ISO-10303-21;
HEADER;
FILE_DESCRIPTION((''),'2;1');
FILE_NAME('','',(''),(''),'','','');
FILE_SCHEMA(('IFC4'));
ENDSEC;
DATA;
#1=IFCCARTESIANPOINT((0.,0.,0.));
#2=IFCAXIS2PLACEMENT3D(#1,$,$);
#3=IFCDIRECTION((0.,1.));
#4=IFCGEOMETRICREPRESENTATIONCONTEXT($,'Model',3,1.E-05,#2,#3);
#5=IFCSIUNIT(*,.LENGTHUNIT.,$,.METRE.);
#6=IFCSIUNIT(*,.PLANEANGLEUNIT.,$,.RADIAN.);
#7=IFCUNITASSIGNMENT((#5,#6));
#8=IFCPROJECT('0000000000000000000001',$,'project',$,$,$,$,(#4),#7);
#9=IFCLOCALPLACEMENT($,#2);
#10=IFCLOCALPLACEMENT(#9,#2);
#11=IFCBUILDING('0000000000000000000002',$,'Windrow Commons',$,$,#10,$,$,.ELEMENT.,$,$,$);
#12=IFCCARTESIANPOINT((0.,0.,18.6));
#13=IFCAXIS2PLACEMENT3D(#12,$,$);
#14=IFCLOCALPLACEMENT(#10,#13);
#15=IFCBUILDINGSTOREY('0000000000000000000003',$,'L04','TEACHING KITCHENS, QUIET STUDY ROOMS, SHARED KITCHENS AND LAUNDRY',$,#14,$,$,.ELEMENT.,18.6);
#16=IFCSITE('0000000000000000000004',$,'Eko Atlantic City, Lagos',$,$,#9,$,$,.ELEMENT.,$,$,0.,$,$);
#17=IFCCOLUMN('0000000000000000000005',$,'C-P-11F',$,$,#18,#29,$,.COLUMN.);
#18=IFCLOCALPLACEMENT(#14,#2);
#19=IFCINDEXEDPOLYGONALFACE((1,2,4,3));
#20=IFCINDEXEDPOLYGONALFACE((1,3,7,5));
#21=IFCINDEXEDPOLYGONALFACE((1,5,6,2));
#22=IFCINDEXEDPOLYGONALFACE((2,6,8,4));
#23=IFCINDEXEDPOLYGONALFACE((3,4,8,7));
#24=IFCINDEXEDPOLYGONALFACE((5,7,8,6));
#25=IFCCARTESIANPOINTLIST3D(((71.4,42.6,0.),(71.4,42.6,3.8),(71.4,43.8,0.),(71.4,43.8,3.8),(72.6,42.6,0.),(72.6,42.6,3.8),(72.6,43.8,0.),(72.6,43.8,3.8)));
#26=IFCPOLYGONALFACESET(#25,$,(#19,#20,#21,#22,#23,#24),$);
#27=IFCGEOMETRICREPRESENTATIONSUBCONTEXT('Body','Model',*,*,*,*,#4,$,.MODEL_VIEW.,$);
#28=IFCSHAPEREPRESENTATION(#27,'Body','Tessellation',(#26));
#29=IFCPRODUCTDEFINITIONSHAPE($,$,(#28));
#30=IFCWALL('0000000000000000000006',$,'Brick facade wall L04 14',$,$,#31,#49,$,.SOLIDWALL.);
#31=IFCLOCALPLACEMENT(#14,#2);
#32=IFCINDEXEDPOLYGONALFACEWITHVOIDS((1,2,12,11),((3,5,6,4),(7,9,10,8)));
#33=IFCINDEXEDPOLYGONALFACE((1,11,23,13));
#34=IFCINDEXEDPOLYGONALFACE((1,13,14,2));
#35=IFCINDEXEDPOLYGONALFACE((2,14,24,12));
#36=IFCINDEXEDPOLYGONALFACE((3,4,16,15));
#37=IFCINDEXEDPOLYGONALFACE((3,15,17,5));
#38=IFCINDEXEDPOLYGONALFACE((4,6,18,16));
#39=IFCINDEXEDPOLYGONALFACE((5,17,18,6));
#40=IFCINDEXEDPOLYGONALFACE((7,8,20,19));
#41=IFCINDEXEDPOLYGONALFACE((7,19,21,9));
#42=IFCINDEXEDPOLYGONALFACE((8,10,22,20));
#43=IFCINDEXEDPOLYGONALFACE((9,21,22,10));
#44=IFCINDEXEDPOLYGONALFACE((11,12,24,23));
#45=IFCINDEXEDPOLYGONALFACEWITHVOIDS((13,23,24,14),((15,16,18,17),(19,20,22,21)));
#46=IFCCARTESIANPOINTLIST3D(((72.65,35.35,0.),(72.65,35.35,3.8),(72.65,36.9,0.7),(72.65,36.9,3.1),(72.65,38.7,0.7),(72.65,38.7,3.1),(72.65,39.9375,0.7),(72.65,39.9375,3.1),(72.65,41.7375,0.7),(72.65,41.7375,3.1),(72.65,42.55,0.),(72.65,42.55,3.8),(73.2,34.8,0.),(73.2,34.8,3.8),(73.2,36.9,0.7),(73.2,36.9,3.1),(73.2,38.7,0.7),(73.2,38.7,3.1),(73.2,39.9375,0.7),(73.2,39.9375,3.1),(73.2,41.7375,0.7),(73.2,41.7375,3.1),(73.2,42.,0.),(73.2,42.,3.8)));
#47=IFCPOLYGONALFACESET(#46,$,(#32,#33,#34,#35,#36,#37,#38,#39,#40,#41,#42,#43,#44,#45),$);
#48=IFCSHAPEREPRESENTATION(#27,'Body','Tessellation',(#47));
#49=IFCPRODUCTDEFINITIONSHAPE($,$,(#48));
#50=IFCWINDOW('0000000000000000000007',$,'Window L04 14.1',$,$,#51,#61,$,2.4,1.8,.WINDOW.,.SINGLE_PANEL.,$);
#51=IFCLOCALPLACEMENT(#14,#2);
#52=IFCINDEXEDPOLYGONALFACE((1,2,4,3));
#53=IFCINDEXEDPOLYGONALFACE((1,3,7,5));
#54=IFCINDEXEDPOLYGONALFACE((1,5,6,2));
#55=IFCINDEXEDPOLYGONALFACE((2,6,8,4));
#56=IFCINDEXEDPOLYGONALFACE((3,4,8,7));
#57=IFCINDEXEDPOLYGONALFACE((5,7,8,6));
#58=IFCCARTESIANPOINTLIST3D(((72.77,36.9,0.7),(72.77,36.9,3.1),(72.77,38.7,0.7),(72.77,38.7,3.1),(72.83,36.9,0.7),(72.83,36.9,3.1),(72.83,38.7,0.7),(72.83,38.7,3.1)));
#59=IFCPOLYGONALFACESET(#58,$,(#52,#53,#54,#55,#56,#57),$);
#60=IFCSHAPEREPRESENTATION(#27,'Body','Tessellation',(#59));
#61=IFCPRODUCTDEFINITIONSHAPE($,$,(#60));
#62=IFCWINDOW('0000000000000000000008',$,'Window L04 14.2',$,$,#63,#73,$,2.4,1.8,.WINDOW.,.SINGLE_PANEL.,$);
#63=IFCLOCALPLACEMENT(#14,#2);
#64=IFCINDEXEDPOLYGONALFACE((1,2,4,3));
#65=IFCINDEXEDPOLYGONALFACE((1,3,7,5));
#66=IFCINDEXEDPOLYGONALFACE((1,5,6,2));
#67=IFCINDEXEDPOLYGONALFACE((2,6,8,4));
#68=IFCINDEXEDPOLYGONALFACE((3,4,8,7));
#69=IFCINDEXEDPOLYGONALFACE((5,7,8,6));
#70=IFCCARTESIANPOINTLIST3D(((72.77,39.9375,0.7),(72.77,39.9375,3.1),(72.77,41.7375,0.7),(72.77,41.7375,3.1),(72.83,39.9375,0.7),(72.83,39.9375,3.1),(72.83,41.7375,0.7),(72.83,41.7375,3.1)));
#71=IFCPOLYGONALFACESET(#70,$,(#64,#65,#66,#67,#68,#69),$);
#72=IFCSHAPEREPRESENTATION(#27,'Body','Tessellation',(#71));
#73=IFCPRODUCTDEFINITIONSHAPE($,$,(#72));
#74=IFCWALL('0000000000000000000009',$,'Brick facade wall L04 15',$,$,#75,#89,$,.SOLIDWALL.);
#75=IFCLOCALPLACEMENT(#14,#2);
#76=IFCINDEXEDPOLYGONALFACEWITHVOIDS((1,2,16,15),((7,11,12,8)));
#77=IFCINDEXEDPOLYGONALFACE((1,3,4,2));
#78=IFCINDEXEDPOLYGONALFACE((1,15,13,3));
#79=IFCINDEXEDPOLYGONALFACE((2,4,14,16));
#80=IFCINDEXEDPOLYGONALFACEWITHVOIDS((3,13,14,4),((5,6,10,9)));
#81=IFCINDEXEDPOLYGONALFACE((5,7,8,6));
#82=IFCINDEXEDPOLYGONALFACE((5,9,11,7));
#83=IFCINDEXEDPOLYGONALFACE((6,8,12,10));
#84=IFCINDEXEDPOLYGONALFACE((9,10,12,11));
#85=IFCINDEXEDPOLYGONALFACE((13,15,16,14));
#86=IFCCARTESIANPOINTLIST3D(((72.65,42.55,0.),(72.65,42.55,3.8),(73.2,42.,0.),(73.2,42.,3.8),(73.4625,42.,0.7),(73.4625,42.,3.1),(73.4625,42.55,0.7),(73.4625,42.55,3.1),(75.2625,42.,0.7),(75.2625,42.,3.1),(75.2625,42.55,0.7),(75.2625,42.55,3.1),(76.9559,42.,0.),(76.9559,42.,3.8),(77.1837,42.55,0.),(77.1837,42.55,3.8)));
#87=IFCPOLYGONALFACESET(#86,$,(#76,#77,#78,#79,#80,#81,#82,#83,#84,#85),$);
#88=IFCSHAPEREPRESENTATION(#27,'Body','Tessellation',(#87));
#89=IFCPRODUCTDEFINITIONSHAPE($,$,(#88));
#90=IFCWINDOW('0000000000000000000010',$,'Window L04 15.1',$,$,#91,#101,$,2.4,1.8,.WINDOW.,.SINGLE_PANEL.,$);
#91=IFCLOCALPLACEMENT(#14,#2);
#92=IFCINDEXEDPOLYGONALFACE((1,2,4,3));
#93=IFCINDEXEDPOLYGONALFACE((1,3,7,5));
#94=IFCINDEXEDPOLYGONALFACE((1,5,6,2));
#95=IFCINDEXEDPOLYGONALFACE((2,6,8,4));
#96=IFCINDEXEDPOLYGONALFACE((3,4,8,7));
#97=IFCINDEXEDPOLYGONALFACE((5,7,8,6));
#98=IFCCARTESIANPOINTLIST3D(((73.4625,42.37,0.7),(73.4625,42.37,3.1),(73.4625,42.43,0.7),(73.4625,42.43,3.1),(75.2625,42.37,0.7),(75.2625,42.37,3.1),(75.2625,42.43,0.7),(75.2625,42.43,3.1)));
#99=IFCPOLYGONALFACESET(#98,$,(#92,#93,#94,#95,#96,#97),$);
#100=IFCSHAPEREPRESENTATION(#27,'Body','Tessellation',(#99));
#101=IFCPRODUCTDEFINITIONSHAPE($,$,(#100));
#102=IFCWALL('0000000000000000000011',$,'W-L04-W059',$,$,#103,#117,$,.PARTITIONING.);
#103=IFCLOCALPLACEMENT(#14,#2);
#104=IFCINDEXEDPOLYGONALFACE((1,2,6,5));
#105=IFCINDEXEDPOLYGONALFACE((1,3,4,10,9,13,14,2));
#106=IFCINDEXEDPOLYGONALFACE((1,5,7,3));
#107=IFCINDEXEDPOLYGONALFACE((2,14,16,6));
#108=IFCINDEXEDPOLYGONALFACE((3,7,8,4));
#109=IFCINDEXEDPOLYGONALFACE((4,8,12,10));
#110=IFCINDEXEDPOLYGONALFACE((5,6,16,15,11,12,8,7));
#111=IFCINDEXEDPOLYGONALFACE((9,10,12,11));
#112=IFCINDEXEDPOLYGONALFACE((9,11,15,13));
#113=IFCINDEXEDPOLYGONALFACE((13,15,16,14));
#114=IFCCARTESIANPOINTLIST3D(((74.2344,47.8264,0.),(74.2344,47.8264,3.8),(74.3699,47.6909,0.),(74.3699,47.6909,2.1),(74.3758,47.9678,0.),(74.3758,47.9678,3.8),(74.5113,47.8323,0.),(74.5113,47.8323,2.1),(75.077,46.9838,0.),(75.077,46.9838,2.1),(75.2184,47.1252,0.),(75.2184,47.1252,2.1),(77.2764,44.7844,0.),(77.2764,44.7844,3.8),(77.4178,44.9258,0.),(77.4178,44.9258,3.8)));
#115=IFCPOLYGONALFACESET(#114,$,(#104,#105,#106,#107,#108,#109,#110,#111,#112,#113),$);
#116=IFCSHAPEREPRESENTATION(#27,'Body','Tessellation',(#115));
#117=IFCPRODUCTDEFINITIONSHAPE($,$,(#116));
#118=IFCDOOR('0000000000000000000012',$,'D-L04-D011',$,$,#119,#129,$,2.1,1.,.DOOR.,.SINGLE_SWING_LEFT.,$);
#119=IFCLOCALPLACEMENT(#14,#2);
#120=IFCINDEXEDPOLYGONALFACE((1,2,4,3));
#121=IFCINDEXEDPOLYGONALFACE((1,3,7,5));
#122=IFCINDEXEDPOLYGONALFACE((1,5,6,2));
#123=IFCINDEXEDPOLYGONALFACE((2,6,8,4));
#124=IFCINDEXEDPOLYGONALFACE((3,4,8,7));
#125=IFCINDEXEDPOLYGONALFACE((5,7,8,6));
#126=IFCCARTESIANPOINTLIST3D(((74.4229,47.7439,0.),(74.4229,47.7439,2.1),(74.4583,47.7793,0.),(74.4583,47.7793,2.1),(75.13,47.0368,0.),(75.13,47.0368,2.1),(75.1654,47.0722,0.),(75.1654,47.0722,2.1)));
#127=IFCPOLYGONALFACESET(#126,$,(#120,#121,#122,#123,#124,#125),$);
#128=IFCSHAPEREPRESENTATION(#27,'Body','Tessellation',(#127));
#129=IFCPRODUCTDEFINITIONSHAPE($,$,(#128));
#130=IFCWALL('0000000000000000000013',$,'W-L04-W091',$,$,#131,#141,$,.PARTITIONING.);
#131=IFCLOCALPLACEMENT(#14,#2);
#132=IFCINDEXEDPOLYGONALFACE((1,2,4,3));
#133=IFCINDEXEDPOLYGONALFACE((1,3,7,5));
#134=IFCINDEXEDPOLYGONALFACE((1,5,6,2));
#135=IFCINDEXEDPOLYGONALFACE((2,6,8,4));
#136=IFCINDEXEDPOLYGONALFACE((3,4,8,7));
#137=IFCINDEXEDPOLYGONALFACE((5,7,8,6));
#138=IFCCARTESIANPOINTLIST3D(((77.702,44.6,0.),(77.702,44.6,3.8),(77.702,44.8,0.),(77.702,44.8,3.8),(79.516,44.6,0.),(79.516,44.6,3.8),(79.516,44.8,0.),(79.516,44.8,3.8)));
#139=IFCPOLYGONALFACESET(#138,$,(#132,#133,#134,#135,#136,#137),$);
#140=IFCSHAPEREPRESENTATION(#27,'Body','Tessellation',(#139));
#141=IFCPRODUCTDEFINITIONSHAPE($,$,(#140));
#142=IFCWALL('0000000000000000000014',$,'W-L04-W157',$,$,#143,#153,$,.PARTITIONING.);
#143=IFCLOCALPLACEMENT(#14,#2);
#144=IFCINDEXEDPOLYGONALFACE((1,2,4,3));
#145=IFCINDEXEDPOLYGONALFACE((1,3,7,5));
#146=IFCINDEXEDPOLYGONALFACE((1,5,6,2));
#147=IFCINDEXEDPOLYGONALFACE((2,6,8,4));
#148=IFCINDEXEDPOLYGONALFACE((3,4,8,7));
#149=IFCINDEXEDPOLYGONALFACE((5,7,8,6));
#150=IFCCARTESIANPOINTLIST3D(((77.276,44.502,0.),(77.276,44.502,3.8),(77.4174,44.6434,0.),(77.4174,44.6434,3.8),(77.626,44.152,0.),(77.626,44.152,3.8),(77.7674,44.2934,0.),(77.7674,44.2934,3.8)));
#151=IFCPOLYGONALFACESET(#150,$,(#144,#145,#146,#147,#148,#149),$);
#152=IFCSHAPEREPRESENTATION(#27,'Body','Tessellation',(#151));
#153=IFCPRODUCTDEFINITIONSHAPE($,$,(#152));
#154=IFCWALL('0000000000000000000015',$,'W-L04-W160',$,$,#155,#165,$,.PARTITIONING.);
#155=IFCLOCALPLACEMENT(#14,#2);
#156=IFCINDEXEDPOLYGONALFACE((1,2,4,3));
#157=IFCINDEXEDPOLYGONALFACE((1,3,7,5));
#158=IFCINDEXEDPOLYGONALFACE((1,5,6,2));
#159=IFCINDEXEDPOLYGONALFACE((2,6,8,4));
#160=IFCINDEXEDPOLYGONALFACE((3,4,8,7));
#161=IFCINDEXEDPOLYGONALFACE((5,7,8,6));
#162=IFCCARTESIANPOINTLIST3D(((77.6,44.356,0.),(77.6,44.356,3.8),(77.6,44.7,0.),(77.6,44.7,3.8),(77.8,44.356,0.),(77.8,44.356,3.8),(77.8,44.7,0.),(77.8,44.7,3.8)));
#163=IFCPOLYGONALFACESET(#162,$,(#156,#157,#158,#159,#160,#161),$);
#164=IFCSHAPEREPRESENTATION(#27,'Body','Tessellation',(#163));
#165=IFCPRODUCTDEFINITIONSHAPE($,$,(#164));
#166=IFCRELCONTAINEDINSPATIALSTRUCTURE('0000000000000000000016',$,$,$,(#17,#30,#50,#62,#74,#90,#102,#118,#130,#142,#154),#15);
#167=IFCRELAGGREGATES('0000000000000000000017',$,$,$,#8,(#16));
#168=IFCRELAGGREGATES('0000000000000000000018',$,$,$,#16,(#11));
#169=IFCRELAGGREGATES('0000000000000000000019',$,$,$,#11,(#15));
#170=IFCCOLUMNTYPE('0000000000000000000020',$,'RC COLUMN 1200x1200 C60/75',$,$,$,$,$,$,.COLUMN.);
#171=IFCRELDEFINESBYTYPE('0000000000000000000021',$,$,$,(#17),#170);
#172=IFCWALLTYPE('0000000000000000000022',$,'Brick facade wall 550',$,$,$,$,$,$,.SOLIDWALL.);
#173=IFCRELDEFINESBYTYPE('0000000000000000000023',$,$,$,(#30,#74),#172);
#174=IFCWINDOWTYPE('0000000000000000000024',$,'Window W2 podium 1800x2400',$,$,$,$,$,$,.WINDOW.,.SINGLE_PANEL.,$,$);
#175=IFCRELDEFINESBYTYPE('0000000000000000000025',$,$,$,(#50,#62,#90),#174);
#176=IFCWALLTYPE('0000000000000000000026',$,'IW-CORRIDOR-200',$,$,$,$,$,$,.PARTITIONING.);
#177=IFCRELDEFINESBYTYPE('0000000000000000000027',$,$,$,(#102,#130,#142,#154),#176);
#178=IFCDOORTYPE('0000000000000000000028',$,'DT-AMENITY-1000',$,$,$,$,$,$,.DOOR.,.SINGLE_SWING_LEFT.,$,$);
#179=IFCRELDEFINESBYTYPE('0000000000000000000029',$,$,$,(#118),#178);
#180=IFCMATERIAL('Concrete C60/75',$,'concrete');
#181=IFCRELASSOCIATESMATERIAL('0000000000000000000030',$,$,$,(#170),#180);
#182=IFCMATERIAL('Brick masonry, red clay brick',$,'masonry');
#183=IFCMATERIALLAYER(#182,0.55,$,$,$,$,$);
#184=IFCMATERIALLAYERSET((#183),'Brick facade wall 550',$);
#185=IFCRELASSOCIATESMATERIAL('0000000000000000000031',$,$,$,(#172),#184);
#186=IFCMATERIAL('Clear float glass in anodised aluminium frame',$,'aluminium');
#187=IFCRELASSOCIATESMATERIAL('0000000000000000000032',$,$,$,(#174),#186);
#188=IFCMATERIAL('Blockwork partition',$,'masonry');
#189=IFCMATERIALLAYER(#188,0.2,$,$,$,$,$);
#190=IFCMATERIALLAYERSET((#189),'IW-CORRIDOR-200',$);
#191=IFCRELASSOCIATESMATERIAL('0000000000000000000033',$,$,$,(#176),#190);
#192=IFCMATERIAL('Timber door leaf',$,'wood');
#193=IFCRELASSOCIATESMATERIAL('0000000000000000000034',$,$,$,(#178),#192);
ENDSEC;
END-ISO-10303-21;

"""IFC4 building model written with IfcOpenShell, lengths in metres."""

from ifc_helpers import new_model, si_unit, direction, frame, frame_2d, origin, origin_2d, place, context, subcontext, project, spatial, polyline, rectangle, outline, extrude, material, layer, layer_set, material_profile, profile_set, type_object, element, fill, save


model = new_model("IFC4")

# Units and contexts
model_context = context("Model", 3, precision=1e-05, world=origin(), true_north=direction((0.0, 1.0)))
body_context = subcontext(model_context, "Body", "Model", "MODEL_VIEW")
ifc_project = project(units=[si_unit("LENGTHUNIT", "METRE"), si_unit("PLANEANGLEUNIT", "RADIAN")], contexts=[model_context])

# Site, building, storey
site_placement = place(None, origin())
site = spatial("IfcSite", under=ifc_project, at=site_placement, Name="Eko Atlantic City, Lagos", CompositionType="ELEMENT", RefElevation=0.0)
building_placement = place(site_placement, origin())
building = spatial("IfcBuilding", under=site, at=building_placement, Name="Windrow Commons", CompositionType="ELEMENT")
storey_placement = place(building_placement, frame((0.0, 0.0, 18.6)))
storey = spatial("IfcBuildingStorey", under=building, at=storey_placement, Name="L04", Description="TEACHING KITCHENS, QUIET STUDY ROOMS, SHARED KITCHENS AND LAUNDRY", CompositionType="ELEMENT", Elevation=18.6)

# Column
ifc_material_1 = material(Name="Concrete C60/75", Category="concrete")
ifc_material_profile = material_profile(ifc_material_1, rectangle(XDim=1.2, YDim=1.2, at=origin_2d()))
ifc_profile_set = profile_set([ifc_material_profile], Name="Concrete C60/75")
column_type = type_object("IfcColumnType", Name="RC COLUMN 1200x1200 C60/75", PredefinedType="COLUMN", material=ifc_profile_set)
column_placement = place(storey_placement, frame((72.0, 43.2, 0.0), z_axis=(0.0, 0.0, 1.0), x_axis=(1.0, 0.0, 0.0)))
element("IfcColumn", 1, at=column_placement, inside=storey, type_object=column_type, Name="C-P-11F", PredefinedType="COLUMN", context=body_context, shape_type="SweptSolid", body=[
    extrude(rectangle(XDim=1.2, YDim=1.2, at=origin_2d()), origin(), (0.0, 0.0, 1.0), 3.8),
])

# Wall, openings, windows
ifc_material_2 = material(Name="Brick masonry, red clay brick", Category="masonry")
ifc_layer_1 = layer(ifc_material_2, 0.55)
ifc_layer_set_1 = layer_set([ifc_layer_1], Name="Brick facade wall 550")
wall_type_1 = type_object("IfcWallType", Name="Brick facade wall 550", PredefinedType="SOLIDWALL", material=ifc_layer_set_1)
wall_1_placement = place(storey_placement, frame((72.925, 35.075, 0.0), z_axis=(0.0, 0.0, 1.0), x_axis=(0.0, 1.0, 0.0)))
wall_1 = element("IfcWall", 2, at=wall_1_placement, inside=storey, type_object=wall_type_1, Name="Brick facade wall L04 14", PredefinedType="SOLIDWALL", context=body_context, shape_type="SweptSolid", body=[
    extrude(outline(polyline([(-0.275, -0.275), (6.925, -0.275), (7.475, 0.275), (0.275, 0.275), (-0.275, -0.275)])), origin(), (0.0, 0.0, 1.0), 3.8),
])
opening_1_placement = place(wall_1_placement, frame((1.825, 0.0, 0.7)))
opening_1 = element("IfcOpeningElement", 3, at=opening_1_placement, cuts=wall_1, PredefinedType="OPENING", context=body_context, shape_type="SweptSolid", body=[
    extrude(rectangle(XDim=1.8, YDim=2.4, at=frame_2d((0.9, 1.2))), frame((0.0, 0.285, 0.0), z_axis=(0.0, -1.0, 0.0), x_axis=(1.0, 0.0, 0.0)), (0.0, 0.0, 1.0), 0.57),
])
opening_2_placement = place(wall_1_placement, frame((4.8625, 0.0, 0.7)))
opening_2 = element("IfcOpeningElement", 4, at=opening_2_placement, cuts=wall_1, PredefinedType="OPENING", context=body_context, shape_type="SweptSolid", body=[
    extrude(rectangle(XDim=1.8, YDim=2.4, at=frame_2d((0.9, 1.2))), frame((0.0, 0.285, 0.0), z_axis=(0.0, -1.0, 0.0), x_axis=(1.0, 0.0, 0.0)), (0.0, 0.0, 1.0), 0.57),
])
ifc_material_3 = material(Name="Clear float glass in anodised aluminium frame", Category="aluminium")
window_type = type_object("IfcWindowType", Name="Window W2 podium 1800x2400", PartitioningType="SINGLE_PANEL", PredefinedType="WINDOW", material=ifc_material_3)
window_1_placement = place(opening_1_placement, origin())
window_1 = element("IfcWindow", 5, at=window_1_placement, inside=storey, type_object=window_type, Name="Window L04 14.1", OverallHeight=2.4, OverallWidth=1.8, PartitioningType="SINGLE_PANEL", PredefinedType="WINDOW", context=body_context, shape_type="SweptSolid", body=[
    extrude(rectangle(XDim=1.8, YDim=2.4, at=frame_2d((0.9, 1.2))), frame((0.0, 0.155, 0.0), z_axis=(0.0, -1.0, 0.0), x_axis=(1.0, 0.0, 0.0)), (0.0, 0.0, 1.0), 0.06),
])
fill(opening_1, window_1)
window_2_placement = place(opening_2_placement, origin())
window_2 = element("IfcWindow", 6, at=window_2_placement, inside=storey, type_object=window_type, Name="Window L04 14.2", OverallHeight=2.4, OverallWidth=1.8, PartitioningType="SINGLE_PANEL", PredefinedType="WINDOW", context=body_context, shape_type="SweptSolid", body=[
    extrude(rectangle(XDim=1.8, YDim=2.4, at=frame_2d((0.9, 1.2))), frame((0.0, 0.155, 0.0), z_axis=(0.0, -1.0, 0.0), x_axis=(1.0, 0.0, 0.0)), (0.0, 0.0, 1.0), 0.06),
])
fill(opening_2, window_2)

# Wall, opening, window
wall_2_placement = place(storey_placement, frame((72.925, 42.275, 0.0), z_axis=(0.0, 0.0, 1.0), x_axis=(1.0, 0.0, 0.0)))
wall_2 = element("IfcWall", 7, at=wall_2_placement, inside=storey, type_object=wall_type_1, Name="Brick facade wall L04 15", PredefinedType="SOLIDWALL", context=body_context, shape_type="SweptSolid", body=[
    extrude(outline(polyline([(0.275, -0.275), (4.0309, -0.275), (4.2587, 0.275), (-0.275, 0.275), (0.275, -0.275)])), origin(), (0.0, 0.0, 1.0), 3.8),
])
opening_3_placement = place(wall_2_placement, frame((0.5375, 0.0, 0.7)))
opening_3 = element("IfcOpeningElement", 8, at=opening_3_placement, cuts=wall_2, PredefinedType="OPENING", context=body_context, shape_type="SweptSolid", body=[
    extrude(rectangle(XDim=1.8, YDim=2.4, at=frame_2d((0.9, 1.2))), frame((0.0, 0.285, 0.0), z_axis=(0.0, -1.0, 0.0), x_axis=(1.0, 0.0, 0.0)), (0.0, 0.0, 1.0), 0.57),
])
window_3_placement = place(opening_3_placement, origin())
window_3 = element("IfcWindow", 9, at=window_3_placement, inside=storey, type_object=window_type, Name="Window L04 15.1", OverallHeight=2.4, OverallWidth=1.8, PartitioningType="SINGLE_PANEL", PredefinedType="WINDOW", context=body_context, shape_type="SweptSolid", body=[
    extrude(rectangle(XDim=1.8, YDim=2.4, at=frame_2d((0.9, 1.2))), frame((0.0, 0.155, 0.0), z_axis=(0.0, -1.0, 0.0), x_axis=(1.0, 0.0, 0.0)), (0.0, 0.0, 1.0), 0.06),
])
fill(opening_3, window_3)

# Wall, opening, door
ifc_material_4 = material(Name="Blockwork partition", Category="masonry")
ifc_layer_2 = layer(ifc_material_4, 0.2)
ifc_layer_set_2 = layer_set([ifc_layer_2], Name="IW-CORRIDOR-200")
wall_type_2 = type_object("IfcWallType", Name="IW-CORRIDOR-200", PredefinedType="PARTITIONING", material=ifc_layer_set_2)
wall_3_placement = place(storey_placement, frame((74.3051, 47.8971, 0.0), z_axis=(0.0, 0.0, 1.0), x_axis=(0.707107, -0.707107, 0.0)))
wall_3 = element("IfcWall", 10, at=wall_3_placement, inside=storey, type_object=wall_type_2, Name="W-L04-W059", PredefinedType="PARTITIONING", context=body_context, shape_type="SweptSolid", body=[
    extrude(rectangle(XDim=4.302, YDim=0.2, at=frame_2d((2.151, 0.0))), origin(), (0.0, 0.0, 1.0), 3.8),
])
opening_4_placement = place(wall_3_placement, frame((0.1916, 0.0, 0.0)))
opening_4 = element("IfcOpeningElement", 11, at=opening_4_placement, cuts=wall_3, PredefinedType="OPENING", context=body_context, shape_type="SweptSolid", body=[
    extrude(rectangle(XDim=1.0, YDim=2.1, at=frame_2d((0.5, 1.05))), frame((0.0, 0.11, 0.0), z_axis=(0.0, -1.0, 0.0), x_axis=(1.0, 0.0, 0.0)), (0.0, 0.0, 1.0), 0.22),
])
ifc_material_5 = material(Name="Timber door leaf", Category="wood")
door_type = type_object("IfcDoorType", Name="DT-AMENITY-1000", OperationType="SINGLE_SWING_LEFT", PredefinedType="DOOR", material=ifc_material_5)
door_placement = place(opening_4_placement, origin())
door = element("IfcDoor", 12, at=door_placement, inside=storey, type_object=door_type, Name="D-L04-D011", OperationType="SINGLE_SWING_LEFT", OverallHeight=2.1, OverallWidth=1.0, PredefinedType="DOOR", context=body_context, shape_type="SweptSolid", body=[
    extrude(rectangle(XDim=1.0, YDim=2.1, at=frame_2d((0.5, 1.05))), frame((0.0, 0.025, 0.0), z_axis=(0.0, -1.0, 0.0), x_axis=(1.0, 0.0, 0.0)), (0.0, 0.0, 1.0), 0.05),
])
fill(opening_4, door)

# Walls
wall_4_placement = place(storey_placement, frame((77.702, 44.7, 0.0), z_axis=(0.0, 0.0, 1.0), x_axis=(1.0, 0.0, 0.0)))
element("IfcWall", 13, at=wall_4_placement, inside=storey, type_object=wall_type_2, Name="W-L04-W091", PredefinedType="PARTITIONING", context=body_context, shape_type="SweptSolid", body=[
    extrude(rectangle(XDim=1.814, YDim=0.2, at=frame_2d((0.907, 0.0))), origin(), (0.0, 0.0, 1.0), 3.8),
])
wall_5_placement = place(storey_placement, frame((77.3467, 44.5727, 0.0), z_axis=(0.0, 0.0, 1.0), x_axis=(0.707107, -0.707107, 0.0)))
element("IfcWall", 14, at=wall_5_placement, inside=storey, type_object=wall_type_2, Name="W-L04-W157", PredefinedType="PARTITIONING", context=body_context, shape_type="SweptSolid", body=[
    extrude(rectangle(XDim=0.495, YDim=0.2, at=frame_2d((0.2475, 0.0))), origin(), (0.0, 0.0, 1.0), 3.8),
])
wall_6_placement = place(storey_placement, frame((77.7, 44.356, 0.0), z_axis=(0.0, 0.0, 1.0), x_axis=(0.0, 1.0, 0.0)))
element("IfcWall", 15, at=wall_6_placement, inside=storey, type_object=wall_type_2, Name="W-L04-W160", PredefinedType="PARTITIONING", context=body_context, shape_type="SweptSolid", body=[
    extrude(rectangle(XDim=0.344, YDim=0.2, at=frame_2d((0.172, 0.0))), origin(), (0.0, 0.0, 1.0), 3.8),
])

save(model, "model.ifc")
